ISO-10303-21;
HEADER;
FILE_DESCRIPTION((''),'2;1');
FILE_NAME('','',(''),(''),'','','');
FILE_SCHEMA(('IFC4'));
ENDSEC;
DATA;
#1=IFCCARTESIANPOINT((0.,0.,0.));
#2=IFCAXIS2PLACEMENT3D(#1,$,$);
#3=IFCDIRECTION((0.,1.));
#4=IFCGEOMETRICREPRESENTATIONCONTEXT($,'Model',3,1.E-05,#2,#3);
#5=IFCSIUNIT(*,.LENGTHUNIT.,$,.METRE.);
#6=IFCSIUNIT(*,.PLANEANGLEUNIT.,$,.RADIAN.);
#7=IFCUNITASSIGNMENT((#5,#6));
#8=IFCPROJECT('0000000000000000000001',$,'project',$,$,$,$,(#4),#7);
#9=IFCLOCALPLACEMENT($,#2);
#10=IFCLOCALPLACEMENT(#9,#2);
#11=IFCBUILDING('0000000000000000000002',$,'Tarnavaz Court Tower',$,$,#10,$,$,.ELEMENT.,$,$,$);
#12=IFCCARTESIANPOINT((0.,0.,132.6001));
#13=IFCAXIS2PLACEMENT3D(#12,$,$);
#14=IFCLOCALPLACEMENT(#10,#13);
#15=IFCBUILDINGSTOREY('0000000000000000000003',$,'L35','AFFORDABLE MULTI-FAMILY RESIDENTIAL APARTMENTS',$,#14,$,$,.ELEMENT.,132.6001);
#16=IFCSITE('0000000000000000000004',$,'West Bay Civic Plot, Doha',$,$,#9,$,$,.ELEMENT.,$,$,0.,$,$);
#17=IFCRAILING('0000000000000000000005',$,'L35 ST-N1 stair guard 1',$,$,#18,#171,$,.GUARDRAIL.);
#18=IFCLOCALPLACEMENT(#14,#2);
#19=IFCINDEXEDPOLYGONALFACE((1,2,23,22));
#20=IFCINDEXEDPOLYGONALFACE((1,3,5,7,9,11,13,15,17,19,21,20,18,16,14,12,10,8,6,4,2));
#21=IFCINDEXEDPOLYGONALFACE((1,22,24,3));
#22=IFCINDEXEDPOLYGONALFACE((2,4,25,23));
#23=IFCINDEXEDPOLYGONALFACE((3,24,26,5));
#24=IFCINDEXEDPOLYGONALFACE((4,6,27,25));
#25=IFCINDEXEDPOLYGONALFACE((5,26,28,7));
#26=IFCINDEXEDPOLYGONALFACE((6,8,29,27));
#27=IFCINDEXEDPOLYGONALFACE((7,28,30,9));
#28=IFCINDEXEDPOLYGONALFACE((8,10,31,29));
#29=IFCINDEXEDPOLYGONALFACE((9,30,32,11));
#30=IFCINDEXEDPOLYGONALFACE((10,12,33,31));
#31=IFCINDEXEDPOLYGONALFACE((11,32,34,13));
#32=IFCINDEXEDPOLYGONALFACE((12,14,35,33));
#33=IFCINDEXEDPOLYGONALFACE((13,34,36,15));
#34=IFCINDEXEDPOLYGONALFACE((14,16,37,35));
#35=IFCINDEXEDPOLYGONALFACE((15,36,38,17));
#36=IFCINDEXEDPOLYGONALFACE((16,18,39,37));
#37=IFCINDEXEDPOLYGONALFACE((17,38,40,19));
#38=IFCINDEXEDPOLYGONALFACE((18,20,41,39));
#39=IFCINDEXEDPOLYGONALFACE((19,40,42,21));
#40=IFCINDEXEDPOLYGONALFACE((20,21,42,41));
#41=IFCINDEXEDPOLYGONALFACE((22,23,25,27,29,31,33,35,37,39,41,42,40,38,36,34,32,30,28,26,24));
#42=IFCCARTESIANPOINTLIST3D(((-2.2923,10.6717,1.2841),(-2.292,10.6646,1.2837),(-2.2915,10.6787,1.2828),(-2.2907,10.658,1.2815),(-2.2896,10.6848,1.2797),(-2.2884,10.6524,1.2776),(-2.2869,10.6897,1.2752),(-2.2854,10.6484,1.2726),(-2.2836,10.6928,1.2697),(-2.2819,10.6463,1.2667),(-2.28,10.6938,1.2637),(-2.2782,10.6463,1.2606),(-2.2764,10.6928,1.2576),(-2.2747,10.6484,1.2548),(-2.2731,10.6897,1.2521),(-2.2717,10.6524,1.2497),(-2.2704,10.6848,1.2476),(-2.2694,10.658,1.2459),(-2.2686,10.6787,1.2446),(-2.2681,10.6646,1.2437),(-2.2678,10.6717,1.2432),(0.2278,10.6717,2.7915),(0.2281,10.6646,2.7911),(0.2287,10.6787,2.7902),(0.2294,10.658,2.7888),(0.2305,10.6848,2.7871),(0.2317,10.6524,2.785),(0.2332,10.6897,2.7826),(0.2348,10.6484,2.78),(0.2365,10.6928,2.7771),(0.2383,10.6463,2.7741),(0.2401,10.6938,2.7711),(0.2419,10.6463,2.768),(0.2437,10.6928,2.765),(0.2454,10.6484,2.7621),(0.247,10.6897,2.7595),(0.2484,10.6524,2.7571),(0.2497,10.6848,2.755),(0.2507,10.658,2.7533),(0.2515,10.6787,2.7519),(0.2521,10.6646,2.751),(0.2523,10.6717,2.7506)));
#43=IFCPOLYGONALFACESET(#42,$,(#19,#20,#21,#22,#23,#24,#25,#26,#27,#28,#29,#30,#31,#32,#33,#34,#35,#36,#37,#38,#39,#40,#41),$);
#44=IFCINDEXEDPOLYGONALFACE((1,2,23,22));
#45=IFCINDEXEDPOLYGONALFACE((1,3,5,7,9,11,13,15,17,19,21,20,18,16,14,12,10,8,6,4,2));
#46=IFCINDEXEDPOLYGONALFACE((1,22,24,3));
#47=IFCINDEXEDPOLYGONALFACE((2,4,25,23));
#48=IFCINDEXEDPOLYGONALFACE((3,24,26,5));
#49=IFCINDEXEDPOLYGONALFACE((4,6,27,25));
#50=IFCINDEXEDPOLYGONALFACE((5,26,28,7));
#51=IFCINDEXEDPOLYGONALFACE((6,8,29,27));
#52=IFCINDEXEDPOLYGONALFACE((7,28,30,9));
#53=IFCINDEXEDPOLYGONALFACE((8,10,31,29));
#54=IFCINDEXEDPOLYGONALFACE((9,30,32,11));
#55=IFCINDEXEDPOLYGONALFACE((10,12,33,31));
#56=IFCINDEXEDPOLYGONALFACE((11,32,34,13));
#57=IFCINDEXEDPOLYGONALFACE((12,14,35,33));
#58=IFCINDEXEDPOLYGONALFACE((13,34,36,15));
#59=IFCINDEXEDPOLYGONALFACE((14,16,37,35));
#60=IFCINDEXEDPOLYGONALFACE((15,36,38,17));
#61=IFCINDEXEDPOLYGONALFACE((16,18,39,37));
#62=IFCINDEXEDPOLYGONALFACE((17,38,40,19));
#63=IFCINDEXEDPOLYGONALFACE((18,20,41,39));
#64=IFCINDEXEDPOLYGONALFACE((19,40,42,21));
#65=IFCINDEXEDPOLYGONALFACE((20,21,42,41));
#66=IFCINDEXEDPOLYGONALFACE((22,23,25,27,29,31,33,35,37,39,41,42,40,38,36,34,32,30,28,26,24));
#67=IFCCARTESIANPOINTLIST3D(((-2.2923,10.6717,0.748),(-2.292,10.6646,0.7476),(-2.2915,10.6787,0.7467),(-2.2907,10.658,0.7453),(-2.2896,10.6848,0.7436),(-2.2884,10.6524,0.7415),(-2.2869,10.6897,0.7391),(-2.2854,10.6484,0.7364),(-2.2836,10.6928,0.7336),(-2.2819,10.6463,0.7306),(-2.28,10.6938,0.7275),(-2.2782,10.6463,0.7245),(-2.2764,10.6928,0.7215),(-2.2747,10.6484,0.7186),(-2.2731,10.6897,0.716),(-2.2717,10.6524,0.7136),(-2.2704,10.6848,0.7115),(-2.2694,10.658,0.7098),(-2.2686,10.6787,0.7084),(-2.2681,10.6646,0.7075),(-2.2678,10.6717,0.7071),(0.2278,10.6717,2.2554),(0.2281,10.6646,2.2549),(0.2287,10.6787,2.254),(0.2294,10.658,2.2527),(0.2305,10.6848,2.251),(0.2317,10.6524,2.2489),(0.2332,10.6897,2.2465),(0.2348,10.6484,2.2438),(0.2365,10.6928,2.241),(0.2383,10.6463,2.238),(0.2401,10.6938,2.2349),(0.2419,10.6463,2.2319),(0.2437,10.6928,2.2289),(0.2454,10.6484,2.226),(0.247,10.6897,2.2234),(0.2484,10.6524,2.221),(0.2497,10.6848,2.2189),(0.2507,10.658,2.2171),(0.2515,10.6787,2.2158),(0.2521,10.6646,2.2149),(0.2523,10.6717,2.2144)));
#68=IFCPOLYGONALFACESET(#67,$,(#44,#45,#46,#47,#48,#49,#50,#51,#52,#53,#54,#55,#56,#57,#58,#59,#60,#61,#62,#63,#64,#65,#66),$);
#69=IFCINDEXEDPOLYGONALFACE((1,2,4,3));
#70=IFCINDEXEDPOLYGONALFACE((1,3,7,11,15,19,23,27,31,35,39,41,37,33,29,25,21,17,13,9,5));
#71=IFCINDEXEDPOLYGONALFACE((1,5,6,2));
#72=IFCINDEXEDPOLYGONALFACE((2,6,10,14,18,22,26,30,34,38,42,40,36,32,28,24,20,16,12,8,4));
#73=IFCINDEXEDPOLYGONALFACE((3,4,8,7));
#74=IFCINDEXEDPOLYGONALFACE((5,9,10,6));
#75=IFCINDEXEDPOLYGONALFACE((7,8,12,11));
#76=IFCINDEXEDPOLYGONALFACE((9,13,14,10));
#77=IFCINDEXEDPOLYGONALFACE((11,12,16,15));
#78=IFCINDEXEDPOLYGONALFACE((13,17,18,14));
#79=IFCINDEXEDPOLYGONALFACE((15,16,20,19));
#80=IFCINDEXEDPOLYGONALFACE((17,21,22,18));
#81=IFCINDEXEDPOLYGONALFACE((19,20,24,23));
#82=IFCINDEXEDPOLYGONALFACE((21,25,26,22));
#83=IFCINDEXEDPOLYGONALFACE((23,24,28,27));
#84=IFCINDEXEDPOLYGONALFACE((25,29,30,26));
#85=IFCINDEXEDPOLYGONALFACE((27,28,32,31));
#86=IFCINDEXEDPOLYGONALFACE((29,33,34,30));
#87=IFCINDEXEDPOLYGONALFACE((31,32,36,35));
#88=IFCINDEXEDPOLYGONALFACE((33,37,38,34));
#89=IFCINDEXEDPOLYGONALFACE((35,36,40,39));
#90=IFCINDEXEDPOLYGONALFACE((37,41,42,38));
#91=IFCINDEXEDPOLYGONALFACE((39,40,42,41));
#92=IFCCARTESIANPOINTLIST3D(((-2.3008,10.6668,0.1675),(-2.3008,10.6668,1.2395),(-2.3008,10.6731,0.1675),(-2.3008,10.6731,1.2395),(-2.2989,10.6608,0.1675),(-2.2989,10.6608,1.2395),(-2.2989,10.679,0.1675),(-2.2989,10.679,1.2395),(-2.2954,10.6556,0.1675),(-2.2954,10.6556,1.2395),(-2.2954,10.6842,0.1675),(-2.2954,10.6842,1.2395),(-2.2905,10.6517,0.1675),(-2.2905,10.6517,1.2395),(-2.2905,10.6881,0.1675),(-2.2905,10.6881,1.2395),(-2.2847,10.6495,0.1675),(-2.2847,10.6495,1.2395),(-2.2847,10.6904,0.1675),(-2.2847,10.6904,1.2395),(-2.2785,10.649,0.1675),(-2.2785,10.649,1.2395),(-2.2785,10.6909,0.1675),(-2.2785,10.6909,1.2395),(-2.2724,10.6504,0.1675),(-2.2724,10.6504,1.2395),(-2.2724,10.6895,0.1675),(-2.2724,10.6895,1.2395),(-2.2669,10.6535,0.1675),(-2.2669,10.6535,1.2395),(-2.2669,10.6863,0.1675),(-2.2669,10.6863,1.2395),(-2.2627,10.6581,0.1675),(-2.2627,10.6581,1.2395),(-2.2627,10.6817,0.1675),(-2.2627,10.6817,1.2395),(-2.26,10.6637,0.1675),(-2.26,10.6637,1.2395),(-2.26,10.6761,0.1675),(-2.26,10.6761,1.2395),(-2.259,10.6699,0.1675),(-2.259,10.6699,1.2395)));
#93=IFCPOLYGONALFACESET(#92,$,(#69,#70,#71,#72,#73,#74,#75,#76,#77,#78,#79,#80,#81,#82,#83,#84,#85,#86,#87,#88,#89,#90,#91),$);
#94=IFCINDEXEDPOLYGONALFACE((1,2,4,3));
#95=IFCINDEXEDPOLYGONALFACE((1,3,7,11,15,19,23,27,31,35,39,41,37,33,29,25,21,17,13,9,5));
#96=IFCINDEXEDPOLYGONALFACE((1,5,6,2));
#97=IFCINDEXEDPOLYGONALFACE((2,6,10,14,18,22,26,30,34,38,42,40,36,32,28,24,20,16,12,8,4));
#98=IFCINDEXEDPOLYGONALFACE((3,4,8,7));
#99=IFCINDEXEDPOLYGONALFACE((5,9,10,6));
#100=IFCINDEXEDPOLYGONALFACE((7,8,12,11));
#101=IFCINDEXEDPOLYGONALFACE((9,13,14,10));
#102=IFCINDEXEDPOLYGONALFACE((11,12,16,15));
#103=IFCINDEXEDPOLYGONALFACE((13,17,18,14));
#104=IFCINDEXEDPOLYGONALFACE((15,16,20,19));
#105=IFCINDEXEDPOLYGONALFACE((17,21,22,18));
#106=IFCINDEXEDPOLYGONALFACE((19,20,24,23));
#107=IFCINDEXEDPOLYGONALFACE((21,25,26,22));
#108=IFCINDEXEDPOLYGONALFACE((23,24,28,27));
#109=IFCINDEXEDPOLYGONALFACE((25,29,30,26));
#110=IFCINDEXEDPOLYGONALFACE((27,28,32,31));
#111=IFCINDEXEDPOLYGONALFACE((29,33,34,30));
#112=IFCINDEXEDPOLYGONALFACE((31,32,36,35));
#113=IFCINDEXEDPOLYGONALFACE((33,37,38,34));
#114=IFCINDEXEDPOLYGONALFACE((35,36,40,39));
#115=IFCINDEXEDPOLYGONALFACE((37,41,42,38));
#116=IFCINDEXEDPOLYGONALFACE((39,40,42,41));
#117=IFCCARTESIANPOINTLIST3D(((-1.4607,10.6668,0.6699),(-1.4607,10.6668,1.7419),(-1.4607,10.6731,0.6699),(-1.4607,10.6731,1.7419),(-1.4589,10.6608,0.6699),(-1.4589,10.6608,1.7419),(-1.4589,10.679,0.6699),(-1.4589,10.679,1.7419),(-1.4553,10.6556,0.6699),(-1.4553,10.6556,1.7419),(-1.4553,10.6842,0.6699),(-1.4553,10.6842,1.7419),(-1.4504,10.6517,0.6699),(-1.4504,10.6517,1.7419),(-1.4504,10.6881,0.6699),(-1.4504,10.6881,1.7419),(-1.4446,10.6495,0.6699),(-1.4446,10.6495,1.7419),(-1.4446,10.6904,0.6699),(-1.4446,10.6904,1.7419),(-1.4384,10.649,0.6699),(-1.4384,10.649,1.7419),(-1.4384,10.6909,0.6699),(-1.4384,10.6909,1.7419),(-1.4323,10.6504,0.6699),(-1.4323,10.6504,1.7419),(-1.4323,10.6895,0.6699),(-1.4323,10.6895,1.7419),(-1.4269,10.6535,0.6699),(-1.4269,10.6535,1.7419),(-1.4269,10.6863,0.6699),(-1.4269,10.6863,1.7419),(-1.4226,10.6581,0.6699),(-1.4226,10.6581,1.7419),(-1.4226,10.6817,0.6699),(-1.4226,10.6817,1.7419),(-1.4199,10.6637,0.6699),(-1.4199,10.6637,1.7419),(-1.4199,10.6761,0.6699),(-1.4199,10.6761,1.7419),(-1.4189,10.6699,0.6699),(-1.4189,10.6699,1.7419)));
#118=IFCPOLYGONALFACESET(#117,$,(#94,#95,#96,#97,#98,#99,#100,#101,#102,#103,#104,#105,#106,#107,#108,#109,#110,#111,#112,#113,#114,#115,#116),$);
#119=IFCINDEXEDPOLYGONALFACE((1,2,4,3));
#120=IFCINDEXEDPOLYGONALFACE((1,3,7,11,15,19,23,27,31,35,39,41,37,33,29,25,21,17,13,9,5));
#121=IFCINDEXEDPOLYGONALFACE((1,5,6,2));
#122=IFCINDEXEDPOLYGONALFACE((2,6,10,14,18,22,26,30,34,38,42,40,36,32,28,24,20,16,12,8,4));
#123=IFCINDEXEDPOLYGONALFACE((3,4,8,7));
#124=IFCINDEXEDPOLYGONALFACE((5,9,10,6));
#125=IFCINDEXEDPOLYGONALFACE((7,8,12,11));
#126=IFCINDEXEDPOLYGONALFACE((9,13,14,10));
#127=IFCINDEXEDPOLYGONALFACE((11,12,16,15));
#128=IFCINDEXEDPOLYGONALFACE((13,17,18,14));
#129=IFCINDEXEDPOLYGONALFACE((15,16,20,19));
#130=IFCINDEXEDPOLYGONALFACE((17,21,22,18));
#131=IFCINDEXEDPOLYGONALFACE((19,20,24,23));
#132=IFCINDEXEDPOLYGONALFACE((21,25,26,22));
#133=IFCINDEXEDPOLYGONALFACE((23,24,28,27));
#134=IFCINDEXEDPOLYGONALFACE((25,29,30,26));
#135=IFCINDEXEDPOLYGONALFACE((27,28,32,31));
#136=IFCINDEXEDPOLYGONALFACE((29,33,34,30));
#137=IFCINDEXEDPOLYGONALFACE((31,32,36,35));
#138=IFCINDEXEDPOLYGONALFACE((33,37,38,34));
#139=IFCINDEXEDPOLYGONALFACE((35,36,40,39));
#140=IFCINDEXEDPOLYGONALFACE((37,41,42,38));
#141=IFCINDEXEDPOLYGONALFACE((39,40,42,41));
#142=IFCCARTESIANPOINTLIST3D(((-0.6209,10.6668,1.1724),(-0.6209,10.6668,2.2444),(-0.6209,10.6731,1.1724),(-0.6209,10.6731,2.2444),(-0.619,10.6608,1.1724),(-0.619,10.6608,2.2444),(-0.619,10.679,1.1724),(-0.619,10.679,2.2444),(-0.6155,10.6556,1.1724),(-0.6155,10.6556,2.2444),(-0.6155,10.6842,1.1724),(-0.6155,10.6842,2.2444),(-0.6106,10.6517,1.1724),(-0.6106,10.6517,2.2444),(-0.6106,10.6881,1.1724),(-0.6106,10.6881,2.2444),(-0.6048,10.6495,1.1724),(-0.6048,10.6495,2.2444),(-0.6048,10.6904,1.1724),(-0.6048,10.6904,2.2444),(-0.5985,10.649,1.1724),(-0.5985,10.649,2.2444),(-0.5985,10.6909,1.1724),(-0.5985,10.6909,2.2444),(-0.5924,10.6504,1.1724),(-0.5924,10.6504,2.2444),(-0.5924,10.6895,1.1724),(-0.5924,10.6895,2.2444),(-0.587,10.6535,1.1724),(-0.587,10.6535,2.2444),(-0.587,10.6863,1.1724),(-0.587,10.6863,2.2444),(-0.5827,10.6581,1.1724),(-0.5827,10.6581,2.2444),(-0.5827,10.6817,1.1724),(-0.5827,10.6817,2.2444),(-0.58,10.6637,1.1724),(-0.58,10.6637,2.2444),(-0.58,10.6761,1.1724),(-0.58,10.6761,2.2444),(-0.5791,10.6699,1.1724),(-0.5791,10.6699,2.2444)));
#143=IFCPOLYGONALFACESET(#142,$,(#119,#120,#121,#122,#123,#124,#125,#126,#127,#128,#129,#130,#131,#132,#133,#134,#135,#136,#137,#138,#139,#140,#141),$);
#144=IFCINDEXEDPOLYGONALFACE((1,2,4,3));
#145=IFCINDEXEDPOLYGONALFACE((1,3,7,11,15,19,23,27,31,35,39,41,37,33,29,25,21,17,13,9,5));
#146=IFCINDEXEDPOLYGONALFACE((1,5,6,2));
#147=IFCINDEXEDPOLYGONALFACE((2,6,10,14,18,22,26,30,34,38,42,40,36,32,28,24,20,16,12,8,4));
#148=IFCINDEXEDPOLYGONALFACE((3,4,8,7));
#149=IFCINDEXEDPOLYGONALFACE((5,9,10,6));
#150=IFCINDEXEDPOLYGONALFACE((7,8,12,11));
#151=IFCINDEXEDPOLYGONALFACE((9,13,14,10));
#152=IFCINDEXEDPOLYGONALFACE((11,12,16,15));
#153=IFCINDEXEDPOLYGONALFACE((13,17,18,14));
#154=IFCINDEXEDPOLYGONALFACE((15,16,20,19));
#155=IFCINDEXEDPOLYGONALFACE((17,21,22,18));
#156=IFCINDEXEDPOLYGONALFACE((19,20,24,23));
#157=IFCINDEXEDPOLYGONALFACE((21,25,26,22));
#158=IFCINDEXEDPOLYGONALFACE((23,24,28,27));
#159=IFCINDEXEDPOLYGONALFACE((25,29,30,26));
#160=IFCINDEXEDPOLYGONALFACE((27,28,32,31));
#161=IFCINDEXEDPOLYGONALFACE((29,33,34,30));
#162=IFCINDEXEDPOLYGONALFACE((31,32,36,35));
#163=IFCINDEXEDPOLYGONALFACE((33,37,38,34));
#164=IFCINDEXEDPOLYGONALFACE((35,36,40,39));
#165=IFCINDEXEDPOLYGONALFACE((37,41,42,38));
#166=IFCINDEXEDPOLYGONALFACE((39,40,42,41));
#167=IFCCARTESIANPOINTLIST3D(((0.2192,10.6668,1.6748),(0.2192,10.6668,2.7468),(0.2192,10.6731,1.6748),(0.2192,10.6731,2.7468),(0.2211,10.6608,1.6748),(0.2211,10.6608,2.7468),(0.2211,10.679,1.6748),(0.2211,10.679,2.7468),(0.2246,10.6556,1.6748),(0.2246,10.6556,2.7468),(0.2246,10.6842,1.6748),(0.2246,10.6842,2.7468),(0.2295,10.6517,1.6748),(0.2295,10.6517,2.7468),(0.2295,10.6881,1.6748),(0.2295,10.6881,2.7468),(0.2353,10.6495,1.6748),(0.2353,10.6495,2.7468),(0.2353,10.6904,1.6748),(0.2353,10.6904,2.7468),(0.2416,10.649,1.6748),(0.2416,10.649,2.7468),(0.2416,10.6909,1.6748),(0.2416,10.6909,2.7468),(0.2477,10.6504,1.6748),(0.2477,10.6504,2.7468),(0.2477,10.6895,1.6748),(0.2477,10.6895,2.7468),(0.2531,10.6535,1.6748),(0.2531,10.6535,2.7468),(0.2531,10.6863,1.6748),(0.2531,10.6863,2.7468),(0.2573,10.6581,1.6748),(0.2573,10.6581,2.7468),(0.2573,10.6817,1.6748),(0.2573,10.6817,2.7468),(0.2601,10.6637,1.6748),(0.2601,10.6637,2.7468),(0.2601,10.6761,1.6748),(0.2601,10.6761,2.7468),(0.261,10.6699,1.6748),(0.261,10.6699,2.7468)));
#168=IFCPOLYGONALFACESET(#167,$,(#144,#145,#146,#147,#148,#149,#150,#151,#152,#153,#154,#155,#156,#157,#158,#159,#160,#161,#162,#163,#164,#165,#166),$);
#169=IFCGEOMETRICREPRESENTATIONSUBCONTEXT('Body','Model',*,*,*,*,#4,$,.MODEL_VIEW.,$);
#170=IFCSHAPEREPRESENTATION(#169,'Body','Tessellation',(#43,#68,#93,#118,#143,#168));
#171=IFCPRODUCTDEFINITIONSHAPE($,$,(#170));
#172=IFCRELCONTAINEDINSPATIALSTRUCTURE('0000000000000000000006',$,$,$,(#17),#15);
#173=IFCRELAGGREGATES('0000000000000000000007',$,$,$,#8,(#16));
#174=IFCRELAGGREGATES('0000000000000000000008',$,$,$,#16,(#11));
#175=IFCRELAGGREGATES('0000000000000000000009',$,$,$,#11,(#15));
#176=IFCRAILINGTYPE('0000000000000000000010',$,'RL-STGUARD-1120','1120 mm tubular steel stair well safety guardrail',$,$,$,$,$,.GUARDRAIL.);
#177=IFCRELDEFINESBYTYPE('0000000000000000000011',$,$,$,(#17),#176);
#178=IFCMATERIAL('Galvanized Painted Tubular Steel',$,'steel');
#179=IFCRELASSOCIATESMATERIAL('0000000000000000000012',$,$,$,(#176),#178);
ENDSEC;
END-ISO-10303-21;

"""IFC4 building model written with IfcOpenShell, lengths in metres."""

from ifc_helpers import new_model, si_unit, direction, frame, origin, origin_2d, place, context, subcontext, project, spatial, circle, extrude, material, type_object, element, save


model = new_model("IFC4")

# Units and contexts
model_context = context("Model", 3, precision=1e-05, world=origin(), true_north=direction((0.0, 1.0)))
body_context = subcontext(model_context, "Body", "Model", "MODEL_VIEW")
ifc_project = project(units=[si_unit("LENGTHUNIT", "METRE"), si_unit("PLANEANGLEUNIT", "RADIAN")], contexts=[model_context])

# Site, building, storey
site_placement = place(None, origin())
site = spatial("IfcSite", under=ifc_project, at=site_placement, Name="West Bay Civic Plot, Doha", CompositionType="ELEMENT", RefElevation=0.0)
building_placement = place(site_placement, origin())
building = spatial("IfcBuilding", under=site, at=building_placement, Name="Tarnavaz Court Tower", CompositionType="ELEMENT")
storey_placement = place(building_placement, frame((0.0, 0.0, 132.6001)))
storey = spatial("IfcBuildingStorey", under=building, at=storey_placement, Name="L35", Description="AFFORDABLE MULTI-FAMILY RESIDENTIAL APARTMENTS", CompositionType="ELEMENT", Elevation=132.6001)

# Railing
ifc_material_1 = material(Name="Galvanized Painted Tubular Steel", Category="steel")
railing_type_1 = type_object("IfcRailingType", Name="RL-STGUARD-1120", Description="1120 mm tubular steel stair well safety guardrail", PredefinedType="GUARDRAIL", material=ifc_material_1)
railing_1_placement = place(storey_placement, frame((-2.28, 10.6699, 0.1675)))
element("IfcRailing", 1, at=railing_1_placement, inside=storey, type_object=railing_type_1, Name="L35 ST-N1 stair guard 1", PredefinedType="GUARDRAIL", context=body_context, shape_type="SweptSolid", body=[
    extrude(circle(Radius=0.0239, at=origin_2d()), frame((0.0, 0.0, 1.0962), z_axis=(0.858196, 0.0, 0.513321), x_axis=(0.0, 1.0, 0.0)), (0.0, 0.0, 1.0), 2.9365),
    extrude(circle(Radius=0.0239, at=origin_2d()), frame((0.0, 0.0, 0.5601), z_axis=(0.858196, 0.0, 0.513321), x_axis=(0.0, 1.0, 0.0)), (0.0, 0.0, 1.0), 2.9365),
    extrude(circle(Radius=0.021, at=origin_2d()), origin(), (0.0, 0.0, 1.0), 1.072),
    extrude(circle(Radius=0.021, at=origin_2d()), frame((0.8401, 0.0, 0.5024)), (0.0, 0.0, 1.0), 1.072),
    extrude(circle(Radius=0.021, at=origin_2d()), frame((1.6799, 0.0, 1.0049)), (0.0, 0.0, 1.0), 1.072),
    extrude(circle(Radius=0.021, at=origin_2d()), frame((2.52, 0.0, 1.5073)), (0.0, 0.0, 1.0), 1.072),
])

save(model, "model.ifc")
